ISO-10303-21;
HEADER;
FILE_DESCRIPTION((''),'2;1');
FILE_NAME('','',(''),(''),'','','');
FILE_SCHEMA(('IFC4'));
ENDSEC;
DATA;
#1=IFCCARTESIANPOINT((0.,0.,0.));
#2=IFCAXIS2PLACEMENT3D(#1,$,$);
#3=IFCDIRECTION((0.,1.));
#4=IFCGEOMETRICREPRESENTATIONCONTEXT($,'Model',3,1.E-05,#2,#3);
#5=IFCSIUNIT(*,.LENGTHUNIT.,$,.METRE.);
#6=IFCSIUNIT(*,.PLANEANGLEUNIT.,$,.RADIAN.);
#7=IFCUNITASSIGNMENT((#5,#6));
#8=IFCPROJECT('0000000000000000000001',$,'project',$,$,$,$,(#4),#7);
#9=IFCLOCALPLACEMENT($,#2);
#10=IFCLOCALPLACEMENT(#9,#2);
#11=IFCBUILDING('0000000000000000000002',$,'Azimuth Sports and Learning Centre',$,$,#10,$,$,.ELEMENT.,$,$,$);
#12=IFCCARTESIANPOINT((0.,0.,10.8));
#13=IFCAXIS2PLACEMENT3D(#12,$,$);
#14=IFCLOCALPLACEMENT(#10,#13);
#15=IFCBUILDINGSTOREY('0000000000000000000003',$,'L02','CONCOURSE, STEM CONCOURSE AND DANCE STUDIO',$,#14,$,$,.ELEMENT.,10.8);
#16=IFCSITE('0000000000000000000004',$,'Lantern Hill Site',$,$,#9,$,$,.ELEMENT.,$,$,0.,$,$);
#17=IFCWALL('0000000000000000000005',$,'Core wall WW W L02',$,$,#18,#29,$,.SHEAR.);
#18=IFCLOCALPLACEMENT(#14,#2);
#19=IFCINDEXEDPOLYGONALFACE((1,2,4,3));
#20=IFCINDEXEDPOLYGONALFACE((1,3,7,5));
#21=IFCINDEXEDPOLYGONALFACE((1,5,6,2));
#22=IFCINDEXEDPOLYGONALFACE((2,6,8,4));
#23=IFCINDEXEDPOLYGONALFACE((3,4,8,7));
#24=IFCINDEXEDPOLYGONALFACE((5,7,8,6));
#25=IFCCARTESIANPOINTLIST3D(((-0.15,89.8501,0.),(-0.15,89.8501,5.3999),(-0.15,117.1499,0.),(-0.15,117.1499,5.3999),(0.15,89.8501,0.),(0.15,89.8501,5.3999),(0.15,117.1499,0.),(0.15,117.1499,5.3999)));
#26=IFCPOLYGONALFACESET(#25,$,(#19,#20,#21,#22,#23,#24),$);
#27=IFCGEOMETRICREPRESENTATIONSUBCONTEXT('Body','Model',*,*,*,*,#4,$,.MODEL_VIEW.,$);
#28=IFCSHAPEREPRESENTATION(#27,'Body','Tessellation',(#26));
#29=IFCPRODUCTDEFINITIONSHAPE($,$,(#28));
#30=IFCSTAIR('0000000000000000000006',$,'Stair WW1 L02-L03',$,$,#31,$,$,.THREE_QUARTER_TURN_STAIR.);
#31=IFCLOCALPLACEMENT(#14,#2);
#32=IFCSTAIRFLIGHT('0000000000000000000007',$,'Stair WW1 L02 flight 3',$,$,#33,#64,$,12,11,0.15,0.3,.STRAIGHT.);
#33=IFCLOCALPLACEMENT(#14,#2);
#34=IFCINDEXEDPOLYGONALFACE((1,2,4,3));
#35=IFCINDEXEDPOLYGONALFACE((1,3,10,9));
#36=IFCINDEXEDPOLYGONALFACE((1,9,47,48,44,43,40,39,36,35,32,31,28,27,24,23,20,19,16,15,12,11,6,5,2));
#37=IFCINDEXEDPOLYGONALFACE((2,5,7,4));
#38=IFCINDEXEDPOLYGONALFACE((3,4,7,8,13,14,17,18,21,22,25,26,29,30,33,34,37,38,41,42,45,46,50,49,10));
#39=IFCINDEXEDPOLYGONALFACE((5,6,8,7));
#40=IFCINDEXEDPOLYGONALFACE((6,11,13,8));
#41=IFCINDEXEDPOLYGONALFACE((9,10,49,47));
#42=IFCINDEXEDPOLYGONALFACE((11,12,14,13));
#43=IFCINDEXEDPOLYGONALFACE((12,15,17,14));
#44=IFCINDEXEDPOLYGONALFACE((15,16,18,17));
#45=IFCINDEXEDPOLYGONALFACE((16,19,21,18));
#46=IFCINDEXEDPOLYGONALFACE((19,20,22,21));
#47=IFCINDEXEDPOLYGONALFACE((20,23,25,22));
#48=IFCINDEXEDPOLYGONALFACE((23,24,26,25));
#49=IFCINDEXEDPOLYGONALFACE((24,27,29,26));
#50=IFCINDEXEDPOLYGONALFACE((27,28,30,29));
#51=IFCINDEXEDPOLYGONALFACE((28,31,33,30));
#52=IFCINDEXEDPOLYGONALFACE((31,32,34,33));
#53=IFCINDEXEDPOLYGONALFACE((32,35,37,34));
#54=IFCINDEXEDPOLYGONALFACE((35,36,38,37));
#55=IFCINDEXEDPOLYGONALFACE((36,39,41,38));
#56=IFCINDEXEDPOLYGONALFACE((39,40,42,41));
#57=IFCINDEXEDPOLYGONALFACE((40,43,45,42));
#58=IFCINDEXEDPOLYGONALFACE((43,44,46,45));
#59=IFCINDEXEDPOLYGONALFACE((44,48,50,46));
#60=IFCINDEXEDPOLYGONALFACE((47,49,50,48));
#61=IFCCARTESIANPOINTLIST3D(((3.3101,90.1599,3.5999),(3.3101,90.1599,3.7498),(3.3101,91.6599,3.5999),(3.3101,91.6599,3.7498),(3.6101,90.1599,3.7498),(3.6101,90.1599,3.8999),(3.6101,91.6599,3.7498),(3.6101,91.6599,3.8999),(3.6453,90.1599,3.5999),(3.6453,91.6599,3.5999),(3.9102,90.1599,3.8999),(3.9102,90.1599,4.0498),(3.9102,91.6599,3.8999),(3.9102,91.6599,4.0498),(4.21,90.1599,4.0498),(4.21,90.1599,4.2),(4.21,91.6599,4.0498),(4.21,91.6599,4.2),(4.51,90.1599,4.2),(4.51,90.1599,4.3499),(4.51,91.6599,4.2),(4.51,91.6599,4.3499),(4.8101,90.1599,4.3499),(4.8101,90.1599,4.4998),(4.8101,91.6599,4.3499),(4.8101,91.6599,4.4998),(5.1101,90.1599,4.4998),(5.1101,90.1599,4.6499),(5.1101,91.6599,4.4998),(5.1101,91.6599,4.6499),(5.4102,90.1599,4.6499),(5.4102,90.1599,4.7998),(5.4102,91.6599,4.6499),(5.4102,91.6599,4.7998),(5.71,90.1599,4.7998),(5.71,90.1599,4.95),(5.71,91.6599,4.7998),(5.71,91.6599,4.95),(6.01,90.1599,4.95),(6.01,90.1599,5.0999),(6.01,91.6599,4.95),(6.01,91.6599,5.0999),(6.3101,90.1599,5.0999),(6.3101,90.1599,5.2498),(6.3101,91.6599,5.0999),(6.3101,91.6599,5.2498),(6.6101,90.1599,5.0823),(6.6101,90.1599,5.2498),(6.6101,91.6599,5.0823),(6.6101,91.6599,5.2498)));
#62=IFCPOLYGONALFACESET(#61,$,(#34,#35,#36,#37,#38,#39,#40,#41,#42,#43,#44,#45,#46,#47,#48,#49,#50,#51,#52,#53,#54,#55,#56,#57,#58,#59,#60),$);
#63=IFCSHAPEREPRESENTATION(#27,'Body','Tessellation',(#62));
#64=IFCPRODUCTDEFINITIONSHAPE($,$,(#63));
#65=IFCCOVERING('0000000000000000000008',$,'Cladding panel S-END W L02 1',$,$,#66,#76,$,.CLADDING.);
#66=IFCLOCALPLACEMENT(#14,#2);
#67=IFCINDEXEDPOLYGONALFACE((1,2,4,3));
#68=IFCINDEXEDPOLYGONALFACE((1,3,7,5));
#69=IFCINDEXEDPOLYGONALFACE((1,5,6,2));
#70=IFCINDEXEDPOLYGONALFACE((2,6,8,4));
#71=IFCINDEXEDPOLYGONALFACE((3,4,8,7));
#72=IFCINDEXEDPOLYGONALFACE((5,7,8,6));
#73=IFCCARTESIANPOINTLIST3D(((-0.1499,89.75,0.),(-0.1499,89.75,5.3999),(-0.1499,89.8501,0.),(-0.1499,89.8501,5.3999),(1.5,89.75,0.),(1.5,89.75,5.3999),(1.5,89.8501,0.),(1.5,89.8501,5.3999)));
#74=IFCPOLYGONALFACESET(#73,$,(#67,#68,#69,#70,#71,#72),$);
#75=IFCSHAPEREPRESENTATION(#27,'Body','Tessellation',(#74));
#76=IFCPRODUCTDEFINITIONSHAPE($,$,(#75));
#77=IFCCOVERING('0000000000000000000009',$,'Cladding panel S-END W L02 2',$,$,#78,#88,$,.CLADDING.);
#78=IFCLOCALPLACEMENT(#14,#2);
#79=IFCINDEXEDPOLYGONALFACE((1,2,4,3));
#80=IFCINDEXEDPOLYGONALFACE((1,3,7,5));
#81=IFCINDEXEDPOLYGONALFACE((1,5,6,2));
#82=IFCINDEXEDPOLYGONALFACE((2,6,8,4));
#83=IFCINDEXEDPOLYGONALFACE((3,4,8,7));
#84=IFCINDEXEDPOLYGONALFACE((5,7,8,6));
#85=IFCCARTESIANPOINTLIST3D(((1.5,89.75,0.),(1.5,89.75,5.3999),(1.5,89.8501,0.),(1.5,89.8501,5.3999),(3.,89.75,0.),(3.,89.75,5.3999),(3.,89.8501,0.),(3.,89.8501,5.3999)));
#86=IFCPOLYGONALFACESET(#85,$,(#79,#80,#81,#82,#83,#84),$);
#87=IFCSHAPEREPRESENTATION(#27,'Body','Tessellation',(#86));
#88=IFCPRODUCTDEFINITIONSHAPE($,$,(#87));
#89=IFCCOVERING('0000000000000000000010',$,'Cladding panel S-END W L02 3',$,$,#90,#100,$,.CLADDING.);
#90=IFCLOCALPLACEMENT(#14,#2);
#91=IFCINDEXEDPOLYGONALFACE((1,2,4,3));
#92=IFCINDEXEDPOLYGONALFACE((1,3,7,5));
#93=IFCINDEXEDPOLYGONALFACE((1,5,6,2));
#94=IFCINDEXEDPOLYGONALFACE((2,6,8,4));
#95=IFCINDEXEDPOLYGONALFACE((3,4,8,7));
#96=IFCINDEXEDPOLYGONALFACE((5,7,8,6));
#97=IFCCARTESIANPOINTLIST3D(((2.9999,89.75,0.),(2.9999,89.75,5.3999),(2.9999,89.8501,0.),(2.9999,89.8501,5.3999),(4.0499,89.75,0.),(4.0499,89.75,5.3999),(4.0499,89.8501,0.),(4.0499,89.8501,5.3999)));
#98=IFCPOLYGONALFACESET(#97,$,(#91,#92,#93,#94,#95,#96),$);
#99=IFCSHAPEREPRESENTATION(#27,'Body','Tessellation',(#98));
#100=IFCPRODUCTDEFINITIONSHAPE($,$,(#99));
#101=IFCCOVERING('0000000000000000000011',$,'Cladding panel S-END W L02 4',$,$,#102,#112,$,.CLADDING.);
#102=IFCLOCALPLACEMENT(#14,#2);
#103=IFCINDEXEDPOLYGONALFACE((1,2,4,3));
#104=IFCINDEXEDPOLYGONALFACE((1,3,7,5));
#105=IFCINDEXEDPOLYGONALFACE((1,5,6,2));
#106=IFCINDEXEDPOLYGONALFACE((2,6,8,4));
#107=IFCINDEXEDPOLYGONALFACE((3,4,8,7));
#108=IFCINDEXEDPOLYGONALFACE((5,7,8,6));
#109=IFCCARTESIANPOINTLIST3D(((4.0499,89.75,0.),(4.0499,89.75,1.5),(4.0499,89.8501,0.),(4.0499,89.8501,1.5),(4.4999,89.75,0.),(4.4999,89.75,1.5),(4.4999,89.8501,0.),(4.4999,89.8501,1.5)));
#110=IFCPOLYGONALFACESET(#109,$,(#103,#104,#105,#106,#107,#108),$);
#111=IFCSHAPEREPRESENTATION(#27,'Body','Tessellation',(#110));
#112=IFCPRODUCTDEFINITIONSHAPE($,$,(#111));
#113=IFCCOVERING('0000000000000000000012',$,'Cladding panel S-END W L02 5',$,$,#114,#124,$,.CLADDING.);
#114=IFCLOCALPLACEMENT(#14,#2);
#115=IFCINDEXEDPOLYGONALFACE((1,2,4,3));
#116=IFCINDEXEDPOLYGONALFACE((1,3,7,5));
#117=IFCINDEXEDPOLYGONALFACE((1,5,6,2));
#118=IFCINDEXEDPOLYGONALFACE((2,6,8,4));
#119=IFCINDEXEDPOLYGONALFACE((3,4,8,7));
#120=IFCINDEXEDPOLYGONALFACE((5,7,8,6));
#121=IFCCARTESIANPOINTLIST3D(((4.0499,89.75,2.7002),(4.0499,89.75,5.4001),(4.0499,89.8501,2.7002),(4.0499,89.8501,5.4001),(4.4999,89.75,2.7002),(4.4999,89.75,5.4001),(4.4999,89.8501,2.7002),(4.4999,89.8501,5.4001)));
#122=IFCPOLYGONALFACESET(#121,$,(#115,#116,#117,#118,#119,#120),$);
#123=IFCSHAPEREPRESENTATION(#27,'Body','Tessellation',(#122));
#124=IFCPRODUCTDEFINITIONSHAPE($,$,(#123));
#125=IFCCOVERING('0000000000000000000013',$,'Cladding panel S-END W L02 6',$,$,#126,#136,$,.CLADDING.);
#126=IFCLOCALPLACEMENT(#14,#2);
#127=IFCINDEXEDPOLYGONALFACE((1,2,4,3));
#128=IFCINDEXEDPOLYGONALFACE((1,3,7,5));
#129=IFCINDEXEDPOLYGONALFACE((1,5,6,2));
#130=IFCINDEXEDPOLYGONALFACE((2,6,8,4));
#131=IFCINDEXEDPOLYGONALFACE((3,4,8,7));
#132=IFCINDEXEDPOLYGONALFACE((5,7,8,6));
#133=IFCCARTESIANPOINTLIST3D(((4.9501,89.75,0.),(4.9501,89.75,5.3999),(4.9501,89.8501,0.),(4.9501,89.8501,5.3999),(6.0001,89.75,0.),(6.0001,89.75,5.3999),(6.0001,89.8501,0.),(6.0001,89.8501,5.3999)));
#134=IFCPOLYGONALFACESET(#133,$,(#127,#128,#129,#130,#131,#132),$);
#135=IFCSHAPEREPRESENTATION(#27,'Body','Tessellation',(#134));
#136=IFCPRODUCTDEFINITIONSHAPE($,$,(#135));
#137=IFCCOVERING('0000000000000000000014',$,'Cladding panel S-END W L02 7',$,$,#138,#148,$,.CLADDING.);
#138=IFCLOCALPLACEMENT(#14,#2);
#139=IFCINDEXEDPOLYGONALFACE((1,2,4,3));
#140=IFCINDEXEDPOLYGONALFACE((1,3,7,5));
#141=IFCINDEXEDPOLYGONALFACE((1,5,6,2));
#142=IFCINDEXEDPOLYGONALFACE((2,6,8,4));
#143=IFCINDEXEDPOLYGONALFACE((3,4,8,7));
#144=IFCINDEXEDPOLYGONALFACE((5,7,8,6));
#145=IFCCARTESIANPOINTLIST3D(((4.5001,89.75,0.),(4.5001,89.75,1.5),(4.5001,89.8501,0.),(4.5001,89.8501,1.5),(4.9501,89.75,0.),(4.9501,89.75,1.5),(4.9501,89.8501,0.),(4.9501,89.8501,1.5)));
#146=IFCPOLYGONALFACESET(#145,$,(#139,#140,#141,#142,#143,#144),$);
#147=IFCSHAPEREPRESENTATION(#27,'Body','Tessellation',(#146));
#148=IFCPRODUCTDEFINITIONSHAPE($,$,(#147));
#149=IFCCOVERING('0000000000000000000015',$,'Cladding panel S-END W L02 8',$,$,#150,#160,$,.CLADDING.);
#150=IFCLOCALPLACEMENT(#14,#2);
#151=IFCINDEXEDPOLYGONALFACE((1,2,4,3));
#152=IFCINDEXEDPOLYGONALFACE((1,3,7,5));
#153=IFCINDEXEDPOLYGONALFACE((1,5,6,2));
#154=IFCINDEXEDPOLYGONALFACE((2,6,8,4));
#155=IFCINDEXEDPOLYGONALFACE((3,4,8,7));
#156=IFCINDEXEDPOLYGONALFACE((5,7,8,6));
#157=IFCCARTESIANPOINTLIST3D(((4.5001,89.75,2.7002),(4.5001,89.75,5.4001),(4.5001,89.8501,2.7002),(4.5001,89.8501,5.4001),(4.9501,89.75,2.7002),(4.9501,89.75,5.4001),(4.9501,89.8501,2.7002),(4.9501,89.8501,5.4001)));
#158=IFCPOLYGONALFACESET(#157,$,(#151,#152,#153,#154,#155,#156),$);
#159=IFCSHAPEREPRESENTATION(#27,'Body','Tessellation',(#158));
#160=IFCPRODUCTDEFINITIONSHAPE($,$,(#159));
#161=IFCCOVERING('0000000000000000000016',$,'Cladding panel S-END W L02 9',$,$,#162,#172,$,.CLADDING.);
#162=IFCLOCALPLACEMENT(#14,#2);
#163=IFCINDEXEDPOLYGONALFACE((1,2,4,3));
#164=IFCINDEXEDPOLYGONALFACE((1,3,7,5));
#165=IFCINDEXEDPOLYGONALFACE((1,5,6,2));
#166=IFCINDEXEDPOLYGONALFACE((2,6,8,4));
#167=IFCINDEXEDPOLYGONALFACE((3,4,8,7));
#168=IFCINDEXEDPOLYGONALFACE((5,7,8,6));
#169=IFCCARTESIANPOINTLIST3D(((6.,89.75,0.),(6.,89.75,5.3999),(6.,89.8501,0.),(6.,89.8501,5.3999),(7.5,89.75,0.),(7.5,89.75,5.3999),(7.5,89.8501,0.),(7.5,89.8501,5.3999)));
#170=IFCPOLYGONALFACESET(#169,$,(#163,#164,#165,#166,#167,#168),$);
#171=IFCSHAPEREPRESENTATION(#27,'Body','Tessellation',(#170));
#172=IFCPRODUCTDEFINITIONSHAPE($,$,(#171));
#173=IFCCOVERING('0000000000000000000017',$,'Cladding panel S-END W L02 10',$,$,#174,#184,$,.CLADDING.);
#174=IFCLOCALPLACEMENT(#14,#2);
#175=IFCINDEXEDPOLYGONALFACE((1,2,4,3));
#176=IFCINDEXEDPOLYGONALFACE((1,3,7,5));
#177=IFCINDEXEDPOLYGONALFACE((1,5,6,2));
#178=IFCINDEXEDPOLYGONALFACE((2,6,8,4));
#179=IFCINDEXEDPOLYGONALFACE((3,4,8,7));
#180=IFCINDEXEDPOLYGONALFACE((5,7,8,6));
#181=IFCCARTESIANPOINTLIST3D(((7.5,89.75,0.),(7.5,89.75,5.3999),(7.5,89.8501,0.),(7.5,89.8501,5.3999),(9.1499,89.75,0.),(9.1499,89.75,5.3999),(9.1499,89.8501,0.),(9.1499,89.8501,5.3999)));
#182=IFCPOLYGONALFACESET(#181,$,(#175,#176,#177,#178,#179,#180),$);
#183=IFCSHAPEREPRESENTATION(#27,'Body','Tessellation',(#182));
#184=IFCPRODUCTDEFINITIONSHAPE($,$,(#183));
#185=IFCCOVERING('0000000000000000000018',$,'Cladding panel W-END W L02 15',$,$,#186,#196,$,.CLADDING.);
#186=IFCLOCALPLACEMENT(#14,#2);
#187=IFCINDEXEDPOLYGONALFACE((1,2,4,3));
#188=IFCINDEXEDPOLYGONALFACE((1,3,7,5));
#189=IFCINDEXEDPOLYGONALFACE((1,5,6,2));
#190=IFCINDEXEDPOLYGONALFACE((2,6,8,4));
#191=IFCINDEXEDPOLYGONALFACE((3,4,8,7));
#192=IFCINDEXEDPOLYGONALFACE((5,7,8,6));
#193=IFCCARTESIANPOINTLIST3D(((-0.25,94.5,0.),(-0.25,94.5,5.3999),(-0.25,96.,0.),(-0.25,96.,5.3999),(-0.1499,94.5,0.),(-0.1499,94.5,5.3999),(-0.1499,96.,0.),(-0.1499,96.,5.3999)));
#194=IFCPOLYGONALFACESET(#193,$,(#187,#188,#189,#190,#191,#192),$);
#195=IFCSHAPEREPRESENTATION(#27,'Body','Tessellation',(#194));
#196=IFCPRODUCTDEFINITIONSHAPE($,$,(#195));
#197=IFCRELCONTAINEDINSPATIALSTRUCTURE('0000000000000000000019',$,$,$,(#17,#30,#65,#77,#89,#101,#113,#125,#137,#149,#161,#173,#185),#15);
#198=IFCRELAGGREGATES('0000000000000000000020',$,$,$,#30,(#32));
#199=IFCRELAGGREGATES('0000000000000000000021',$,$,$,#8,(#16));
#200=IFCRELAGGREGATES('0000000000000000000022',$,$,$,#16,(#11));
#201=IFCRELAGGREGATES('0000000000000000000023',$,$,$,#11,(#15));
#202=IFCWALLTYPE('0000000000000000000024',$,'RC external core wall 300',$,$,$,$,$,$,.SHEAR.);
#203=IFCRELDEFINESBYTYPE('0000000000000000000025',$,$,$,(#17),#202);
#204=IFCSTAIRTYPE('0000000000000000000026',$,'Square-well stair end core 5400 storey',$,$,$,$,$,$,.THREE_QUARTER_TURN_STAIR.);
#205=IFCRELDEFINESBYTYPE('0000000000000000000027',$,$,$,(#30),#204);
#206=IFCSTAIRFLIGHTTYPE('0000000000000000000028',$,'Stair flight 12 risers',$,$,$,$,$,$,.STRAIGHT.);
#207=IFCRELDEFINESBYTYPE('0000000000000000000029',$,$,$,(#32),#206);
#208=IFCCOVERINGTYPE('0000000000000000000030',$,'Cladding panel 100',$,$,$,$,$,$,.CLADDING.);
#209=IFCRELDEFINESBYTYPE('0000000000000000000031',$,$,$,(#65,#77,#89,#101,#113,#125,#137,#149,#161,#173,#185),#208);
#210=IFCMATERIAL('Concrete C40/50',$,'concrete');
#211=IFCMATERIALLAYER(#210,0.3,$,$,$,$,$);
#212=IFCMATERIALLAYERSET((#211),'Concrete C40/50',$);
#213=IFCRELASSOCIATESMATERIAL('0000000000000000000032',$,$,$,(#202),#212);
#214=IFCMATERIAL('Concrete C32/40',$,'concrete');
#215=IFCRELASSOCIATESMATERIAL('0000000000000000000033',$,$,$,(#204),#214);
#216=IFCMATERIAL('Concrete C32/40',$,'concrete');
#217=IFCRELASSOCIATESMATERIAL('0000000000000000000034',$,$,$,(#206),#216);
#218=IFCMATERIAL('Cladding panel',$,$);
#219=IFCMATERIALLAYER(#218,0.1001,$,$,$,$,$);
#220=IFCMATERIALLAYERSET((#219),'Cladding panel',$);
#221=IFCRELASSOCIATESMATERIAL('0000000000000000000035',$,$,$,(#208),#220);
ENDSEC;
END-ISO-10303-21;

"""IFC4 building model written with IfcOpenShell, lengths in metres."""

from ifc_helpers import new_model, si_unit, direction, frame, frame_2d, origin, origin_2d, place, context, subcontext, project, spatial, polyline, rectangle, outline, extrude, material, layer, layer_set, type_object, element, aggregate, save


model = new_model("IFC4")

# Units and contexts
model_context = context("Model", 3, precision=1e-05, world=origin(), true_north=direction((0.0, 1.0)))
body_context = subcontext(model_context, "Body", "Model", "MODEL_VIEW")
ifc_project = project(units=[si_unit("LENGTHUNIT", "METRE"), si_unit("PLANEANGLEUNIT", "RADIAN")], contexts=[model_context])

# Site, building, storey
site_placement = place(None, origin())
site = spatial("IfcSite", under=ifc_project, at=site_placement, Name="Lantern Hill Site", CompositionType="ELEMENT", RefElevation=0.0)
building_placement = place(site_placement, origin())
building = spatial("IfcBuilding", under=site, at=building_placement, Name="Azimuth Sports and Learning Centre", CompositionType="ELEMENT")
storey_placement = place(building_placement, frame((0.0, 0.0, 10.8)))
storey = spatial("IfcBuildingStorey", under=building, at=storey_placement, Name="L02", Description="CONCOURSE, STEM CONCOURSE AND DANCE STUDIO", CompositionType="ELEMENT", Elevation=10.8)

# Shared definitions
ifc_material_1 = material(Name="Concrete C40/50", Category="concrete")
ifc_layer_1 = layer(ifc_material_1, 0.3)
ifc_layer_set_1 = layer_set([ifc_layer_1], Name="Concrete C40/50")
wall_type_1 = type_object("IfcWallType", Name="RC external core wall 300", PredefinedType="SHEAR", material=ifc_layer_set_1)

# Wall
wall_1_placement = place(storey_placement, frame((0.0, 89.8501, 0.0), z_axis=(0.0, 0.0, 1.0), x_axis=(0.0, 1.0, 0.0)))
element("IfcWall", 1, at=wall_1_placement, inside=storey, type_object=wall_type_1, Name="Core wall WW W L02", PredefinedType="SHEAR", context=body_context, shape_type="SweptSolid", body=[
    extrude(rectangle(XDim=27.2998, YDim=0.3, at=frame_2d((13.6499, 0.0))), origin(), (0.0, 0.0, 1.0), 5.3999),
])

# Stair, stair flight
ifc_material_2 = material(Name="Concrete C32/40", Category="concrete")
stair_type = type_object("IfcStairType", Name="Square-well stair end core 5400 storey", PredefinedType="THREE_QUARTER_TURN_STAIR", material=ifc_material_2)
stair_placement = place(storey_placement, origin())
stair = element("IfcStair", 2, at=stair_placement, inside=storey, type_object=stair_type, Name="Stair WW1 L02-L03", PredefinedType="THREE_QUARTER_TURN_STAIR")
ifc_material_3 = material(Name="Concrete C32/40", Category="concrete")
stair_flight_type = type_object("IfcStairFlightType", Name="Stair flight 12 risers", PredefinedType="STRAIGHT", material=ifc_material_3)
stair_flight_placement = place(storey_placement, frame((3.3101, 90.9099, 3.5999), z_axis=(0.0, 0.0, 1.0), x_axis=(1.0, 0.0, 0.0)))
stair_flight = element("IfcStairFlight", 3, at=stair_flight_placement, type_object=stair_flight_type, Name="Stair WW1 L02 flight 3", NumberOfRisers=12, NumberOfTreads=11, PredefinedType="STRAIGHT", RiserHeight=0.15, TreadLength=0.3, context=body_context, shape_type="SweptSolid", body=[
    extrude(outline(polyline([(0.0, 0.0), (0.0, 0.1499), (0.3, 0.1499), (0.3, 0.3), (0.6001, 0.3), (0.6001, 0.45), (0.8999, 0.45), (0.8999, 0.6001), (1.2, 0.6001), (1.2, 0.75), (1.5, 0.75), (1.5, 0.8999), (1.8, 0.8999), (1.8, 1.05), (2.1001, 1.05), (2.1001, 1.2), (2.3999, 1.2), (2.3999, 1.3501), (2.7, 1.3501), (2.7, 1.5), (3.0, 1.5), (3.0, 1.6499), (3.3, 1.6499), (3.3, 1.8), (3.3, 1.4824), (0.3352, 0.0), (0.0, 0.0)])), frame((0.0, 0.75, 0.0), z_axis=(0.0, -1.0, 0.0), x_axis=(1.0, 0.0, 0.0)), (0.0, 0.0, 1.0), 1.5),
])
aggregate(stair, [stair_flight])

# Coverings
ifc_material_4 = material(Name="Cladding panel")
ifc_layer_2 = layer(ifc_material_4, 0.1001)
ifc_layer_set_2 = layer_set([ifc_layer_2], Name="Cladding panel")
covering_type = type_object("IfcCoveringType", Name="Cladding panel 100", PredefinedType="CLADDING", material=ifc_layer_set_2)
covering_1_placement = place(storey_placement, frame((0.675, 89.8, 0.0), z_axis=(0.0, 0.0, 1.0), x_axis=(1.0, 0.0, 0.0)))
element("IfcCovering", 4, at=covering_1_placement, inside=storey, type_object=covering_type, Name="Cladding panel S-END W L02 1", PredefinedType="CLADDING", context=body_context, shape_type="SweptSolid", body=[
    extrude(rectangle(XDim=1.6499, YDim=0.1001, at=origin_2d()), origin(), (0.0, 0.0, 1.0), 5.3999),
])
covering_2_placement = place(storey_placement, frame((2.25, 89.8, 0.0), z_axis=(0.0, 0.0, 1.0), x_axis=(1.0, 0.0, 0.0)))
element("IfcCovering", 5, at=covering_2_placement, inside=storey, type_object=covering_type, Name="Cladding panel S-END W L02 2", PredefinedType="CLADDING", context=body_context, shape_type="SweptSolid", body=[
    extrude(rectangle(XDim=1.5, YDim=0.1001, at=origin_2d()), origin(), (0.0, 0.0, 1.0), 5.3999),
])
covering_3_placement = place(storey_placement, frame((3.5249, 89.8, 0.0), z_axis=(0.0, 0.0, 1.0), x_axis=(1.0, 0.0, 0.0)))
element("IfcCovering", 6, at=covering_3_placement, inside=storey, type_object=covering_type, Name="Cladding panel S-END W L02 3", PredefinedType="CLADDING", context=body_context, shape_type="SweptSolid", body=[
    extrude(rectangle(XDim=1.05, YDim=0.1001, at=origin_2d()), origin(), (0.0, 0.0, 1.0), 5.3999),
])
covering_4_placement = place(storey_placement, frame((4.2749, 89.8, 0.0), z_axis=(0.0, 0.0, 1.0), x_axis=(1.0, 0.0, 0.0)))
element("IfcCovering", 7, at=covering_4_placement, inside=storey, type_object=covering_type, Name="Cladding panel S-END W L02 4", PredefinedType="CLADDING", context=body_context, shape_type="SweptSolid", body=[
    extrude(rectangle(XDim=0.45, YDim=0.1001, at=origin_2d()), origin(), (0.0, 0.0, 1.0), 1.5),
])
covering_5_placement = place(storey_placement, frame((4.2749, 89.8, 2.7002), z_axis=(0.0, 0.0, 1.0), x_axis=(1.0, 0.0, 0.0)))
element("IfcCovering", 8, at=covering_5_placement, inside=storey, type_object=covering_type, Name="Cladding panel S-END W L02 5", PredefinedType="CLADDING", context=body_context, shape_type="SweptSolid", body=[
    extrude(rectangle(XDim=0.45, YDim=0.1001, at=origin_2d()), origin(), (0.0, 0.0, 1.0), 2.7),
])
covering_6_placement = place(storey_placement, frame((5.4751, 89.8, 0.0), z_axis=(0.0, 0.0, 1.0), x_axis=(1.0, 0.0, 0.0)))
element("IfcCovering", 9, at=covering_6_placement, inside=storey, type_object=covering_type, Name="Cladding panel S-END W L02 6", PredefinedType="CLADDING", context=body_context, shape_type="SweptSolid", body=[
    extrude(rectangle(XDim=1.05, YDim=0.1001, at=origin_2d()), origin(), (0.0, 0.0, 1.0), 5.3999),
])
covering_7_placement = place(storey_placement, frame((4.7251, 89.8, 0.0), z_axis=(0.0, 0.0, 1.0), x_axis=(1.0, 0.0, 0.0)))
element("IfcCovering", 10, at=covering_7_placement, inside=storey, type_object=covering_type, Name="Cladding panel S-END W L02 7", PredefinedType="CLADDING", context=body_context, shape_type="SweptSolid", body=[
    extrude(rectangle(XDim=0.45, YDim=0.1001, at=origin_2d()), origin(), (0.0, 0.0, 1.0), 1.5),
])
covering_8_placement = place(storey_placement, frame((4.7251, 89.8, 2.7002), z_axis=(0.0, 0.0, 1.0), x_axis=(1.0, 0.0, 0.0)))
element("IfcCovering", 11, at=covering_8_placement, inside=storey, type_object=covering_type, Name="Cladding panel S-END W L02 8", PredefinedType="CLADDING", context=body_context, shape_type="SweptSolid", body=[
    extrude(rectangle(XDim=0.45, YDim=0.1001, at=origin_2d()), origin(), (0.0, 0.0, 1.0), 2.7),
])
covering_9_placement = place(storey_placement, frame((6.75, 89.8, 0.0), z_axis=(0.0, 0.0, 1.0), x_axis=(1.0, 0.0, 0.0)))
element("IfcCovering", 12, at=covering_9_placement, inside=storey, type_object=covering_type, Name="Cladding panel S-END W L02 9", PredefinedType="CLADDING", context=body_context, shape_type="SweptSolid", body=[
    extrude(rectangle(XDim=1.5, YDim=0.1001, at=origin_2d()), origin(), (0.0, 0.0, 1.0), 5.3999),
])
covering_10_placement = place(storey_placement, frame((8.325, 89.8, 0.0), z_axis=(0.0, 0.0, 1.0), x_axis=(1.0, 0.0, 0.0)))
element("IfcCovering", 13, at=covering_10_placement, inside=storey, type_object=covering_type, Name="Cladding panel S-END W L02 10", PredefinedType="CLADDING", context=body_context, shape_type="SweptSolid", body=[
    extrude(rectangle(XDim=1.6499, YDim=0.1001, at=origin_2d()), origin(), (0.0, 0.0, 1.0), 5.3999),
])
for number, where, z_axis, x_axis, name in (
    (14, (-0.2, 95.25, 0.0), (0.0, 0.0, 1.0), (0.0, -1.0, 0.0), "Cladding panel W-END W L02 15"),
):
    element("IfcCovering", number, at=place(storey_placement, frame(where, z_axis=z_axis, x_axis=x_axis)), inside=storey, type_object=covering_type, Name=name, PredefinedType="CLADDING", context=body_context, shape_type="SweptSolid", body=[
        extrude(rectangle(XDim=1.5, YDim=0.1001, at=origin_2d()), origin(), (0.0, 0.0, 1.0), 5.3999),
    ])

save(model, "model.ifc")
